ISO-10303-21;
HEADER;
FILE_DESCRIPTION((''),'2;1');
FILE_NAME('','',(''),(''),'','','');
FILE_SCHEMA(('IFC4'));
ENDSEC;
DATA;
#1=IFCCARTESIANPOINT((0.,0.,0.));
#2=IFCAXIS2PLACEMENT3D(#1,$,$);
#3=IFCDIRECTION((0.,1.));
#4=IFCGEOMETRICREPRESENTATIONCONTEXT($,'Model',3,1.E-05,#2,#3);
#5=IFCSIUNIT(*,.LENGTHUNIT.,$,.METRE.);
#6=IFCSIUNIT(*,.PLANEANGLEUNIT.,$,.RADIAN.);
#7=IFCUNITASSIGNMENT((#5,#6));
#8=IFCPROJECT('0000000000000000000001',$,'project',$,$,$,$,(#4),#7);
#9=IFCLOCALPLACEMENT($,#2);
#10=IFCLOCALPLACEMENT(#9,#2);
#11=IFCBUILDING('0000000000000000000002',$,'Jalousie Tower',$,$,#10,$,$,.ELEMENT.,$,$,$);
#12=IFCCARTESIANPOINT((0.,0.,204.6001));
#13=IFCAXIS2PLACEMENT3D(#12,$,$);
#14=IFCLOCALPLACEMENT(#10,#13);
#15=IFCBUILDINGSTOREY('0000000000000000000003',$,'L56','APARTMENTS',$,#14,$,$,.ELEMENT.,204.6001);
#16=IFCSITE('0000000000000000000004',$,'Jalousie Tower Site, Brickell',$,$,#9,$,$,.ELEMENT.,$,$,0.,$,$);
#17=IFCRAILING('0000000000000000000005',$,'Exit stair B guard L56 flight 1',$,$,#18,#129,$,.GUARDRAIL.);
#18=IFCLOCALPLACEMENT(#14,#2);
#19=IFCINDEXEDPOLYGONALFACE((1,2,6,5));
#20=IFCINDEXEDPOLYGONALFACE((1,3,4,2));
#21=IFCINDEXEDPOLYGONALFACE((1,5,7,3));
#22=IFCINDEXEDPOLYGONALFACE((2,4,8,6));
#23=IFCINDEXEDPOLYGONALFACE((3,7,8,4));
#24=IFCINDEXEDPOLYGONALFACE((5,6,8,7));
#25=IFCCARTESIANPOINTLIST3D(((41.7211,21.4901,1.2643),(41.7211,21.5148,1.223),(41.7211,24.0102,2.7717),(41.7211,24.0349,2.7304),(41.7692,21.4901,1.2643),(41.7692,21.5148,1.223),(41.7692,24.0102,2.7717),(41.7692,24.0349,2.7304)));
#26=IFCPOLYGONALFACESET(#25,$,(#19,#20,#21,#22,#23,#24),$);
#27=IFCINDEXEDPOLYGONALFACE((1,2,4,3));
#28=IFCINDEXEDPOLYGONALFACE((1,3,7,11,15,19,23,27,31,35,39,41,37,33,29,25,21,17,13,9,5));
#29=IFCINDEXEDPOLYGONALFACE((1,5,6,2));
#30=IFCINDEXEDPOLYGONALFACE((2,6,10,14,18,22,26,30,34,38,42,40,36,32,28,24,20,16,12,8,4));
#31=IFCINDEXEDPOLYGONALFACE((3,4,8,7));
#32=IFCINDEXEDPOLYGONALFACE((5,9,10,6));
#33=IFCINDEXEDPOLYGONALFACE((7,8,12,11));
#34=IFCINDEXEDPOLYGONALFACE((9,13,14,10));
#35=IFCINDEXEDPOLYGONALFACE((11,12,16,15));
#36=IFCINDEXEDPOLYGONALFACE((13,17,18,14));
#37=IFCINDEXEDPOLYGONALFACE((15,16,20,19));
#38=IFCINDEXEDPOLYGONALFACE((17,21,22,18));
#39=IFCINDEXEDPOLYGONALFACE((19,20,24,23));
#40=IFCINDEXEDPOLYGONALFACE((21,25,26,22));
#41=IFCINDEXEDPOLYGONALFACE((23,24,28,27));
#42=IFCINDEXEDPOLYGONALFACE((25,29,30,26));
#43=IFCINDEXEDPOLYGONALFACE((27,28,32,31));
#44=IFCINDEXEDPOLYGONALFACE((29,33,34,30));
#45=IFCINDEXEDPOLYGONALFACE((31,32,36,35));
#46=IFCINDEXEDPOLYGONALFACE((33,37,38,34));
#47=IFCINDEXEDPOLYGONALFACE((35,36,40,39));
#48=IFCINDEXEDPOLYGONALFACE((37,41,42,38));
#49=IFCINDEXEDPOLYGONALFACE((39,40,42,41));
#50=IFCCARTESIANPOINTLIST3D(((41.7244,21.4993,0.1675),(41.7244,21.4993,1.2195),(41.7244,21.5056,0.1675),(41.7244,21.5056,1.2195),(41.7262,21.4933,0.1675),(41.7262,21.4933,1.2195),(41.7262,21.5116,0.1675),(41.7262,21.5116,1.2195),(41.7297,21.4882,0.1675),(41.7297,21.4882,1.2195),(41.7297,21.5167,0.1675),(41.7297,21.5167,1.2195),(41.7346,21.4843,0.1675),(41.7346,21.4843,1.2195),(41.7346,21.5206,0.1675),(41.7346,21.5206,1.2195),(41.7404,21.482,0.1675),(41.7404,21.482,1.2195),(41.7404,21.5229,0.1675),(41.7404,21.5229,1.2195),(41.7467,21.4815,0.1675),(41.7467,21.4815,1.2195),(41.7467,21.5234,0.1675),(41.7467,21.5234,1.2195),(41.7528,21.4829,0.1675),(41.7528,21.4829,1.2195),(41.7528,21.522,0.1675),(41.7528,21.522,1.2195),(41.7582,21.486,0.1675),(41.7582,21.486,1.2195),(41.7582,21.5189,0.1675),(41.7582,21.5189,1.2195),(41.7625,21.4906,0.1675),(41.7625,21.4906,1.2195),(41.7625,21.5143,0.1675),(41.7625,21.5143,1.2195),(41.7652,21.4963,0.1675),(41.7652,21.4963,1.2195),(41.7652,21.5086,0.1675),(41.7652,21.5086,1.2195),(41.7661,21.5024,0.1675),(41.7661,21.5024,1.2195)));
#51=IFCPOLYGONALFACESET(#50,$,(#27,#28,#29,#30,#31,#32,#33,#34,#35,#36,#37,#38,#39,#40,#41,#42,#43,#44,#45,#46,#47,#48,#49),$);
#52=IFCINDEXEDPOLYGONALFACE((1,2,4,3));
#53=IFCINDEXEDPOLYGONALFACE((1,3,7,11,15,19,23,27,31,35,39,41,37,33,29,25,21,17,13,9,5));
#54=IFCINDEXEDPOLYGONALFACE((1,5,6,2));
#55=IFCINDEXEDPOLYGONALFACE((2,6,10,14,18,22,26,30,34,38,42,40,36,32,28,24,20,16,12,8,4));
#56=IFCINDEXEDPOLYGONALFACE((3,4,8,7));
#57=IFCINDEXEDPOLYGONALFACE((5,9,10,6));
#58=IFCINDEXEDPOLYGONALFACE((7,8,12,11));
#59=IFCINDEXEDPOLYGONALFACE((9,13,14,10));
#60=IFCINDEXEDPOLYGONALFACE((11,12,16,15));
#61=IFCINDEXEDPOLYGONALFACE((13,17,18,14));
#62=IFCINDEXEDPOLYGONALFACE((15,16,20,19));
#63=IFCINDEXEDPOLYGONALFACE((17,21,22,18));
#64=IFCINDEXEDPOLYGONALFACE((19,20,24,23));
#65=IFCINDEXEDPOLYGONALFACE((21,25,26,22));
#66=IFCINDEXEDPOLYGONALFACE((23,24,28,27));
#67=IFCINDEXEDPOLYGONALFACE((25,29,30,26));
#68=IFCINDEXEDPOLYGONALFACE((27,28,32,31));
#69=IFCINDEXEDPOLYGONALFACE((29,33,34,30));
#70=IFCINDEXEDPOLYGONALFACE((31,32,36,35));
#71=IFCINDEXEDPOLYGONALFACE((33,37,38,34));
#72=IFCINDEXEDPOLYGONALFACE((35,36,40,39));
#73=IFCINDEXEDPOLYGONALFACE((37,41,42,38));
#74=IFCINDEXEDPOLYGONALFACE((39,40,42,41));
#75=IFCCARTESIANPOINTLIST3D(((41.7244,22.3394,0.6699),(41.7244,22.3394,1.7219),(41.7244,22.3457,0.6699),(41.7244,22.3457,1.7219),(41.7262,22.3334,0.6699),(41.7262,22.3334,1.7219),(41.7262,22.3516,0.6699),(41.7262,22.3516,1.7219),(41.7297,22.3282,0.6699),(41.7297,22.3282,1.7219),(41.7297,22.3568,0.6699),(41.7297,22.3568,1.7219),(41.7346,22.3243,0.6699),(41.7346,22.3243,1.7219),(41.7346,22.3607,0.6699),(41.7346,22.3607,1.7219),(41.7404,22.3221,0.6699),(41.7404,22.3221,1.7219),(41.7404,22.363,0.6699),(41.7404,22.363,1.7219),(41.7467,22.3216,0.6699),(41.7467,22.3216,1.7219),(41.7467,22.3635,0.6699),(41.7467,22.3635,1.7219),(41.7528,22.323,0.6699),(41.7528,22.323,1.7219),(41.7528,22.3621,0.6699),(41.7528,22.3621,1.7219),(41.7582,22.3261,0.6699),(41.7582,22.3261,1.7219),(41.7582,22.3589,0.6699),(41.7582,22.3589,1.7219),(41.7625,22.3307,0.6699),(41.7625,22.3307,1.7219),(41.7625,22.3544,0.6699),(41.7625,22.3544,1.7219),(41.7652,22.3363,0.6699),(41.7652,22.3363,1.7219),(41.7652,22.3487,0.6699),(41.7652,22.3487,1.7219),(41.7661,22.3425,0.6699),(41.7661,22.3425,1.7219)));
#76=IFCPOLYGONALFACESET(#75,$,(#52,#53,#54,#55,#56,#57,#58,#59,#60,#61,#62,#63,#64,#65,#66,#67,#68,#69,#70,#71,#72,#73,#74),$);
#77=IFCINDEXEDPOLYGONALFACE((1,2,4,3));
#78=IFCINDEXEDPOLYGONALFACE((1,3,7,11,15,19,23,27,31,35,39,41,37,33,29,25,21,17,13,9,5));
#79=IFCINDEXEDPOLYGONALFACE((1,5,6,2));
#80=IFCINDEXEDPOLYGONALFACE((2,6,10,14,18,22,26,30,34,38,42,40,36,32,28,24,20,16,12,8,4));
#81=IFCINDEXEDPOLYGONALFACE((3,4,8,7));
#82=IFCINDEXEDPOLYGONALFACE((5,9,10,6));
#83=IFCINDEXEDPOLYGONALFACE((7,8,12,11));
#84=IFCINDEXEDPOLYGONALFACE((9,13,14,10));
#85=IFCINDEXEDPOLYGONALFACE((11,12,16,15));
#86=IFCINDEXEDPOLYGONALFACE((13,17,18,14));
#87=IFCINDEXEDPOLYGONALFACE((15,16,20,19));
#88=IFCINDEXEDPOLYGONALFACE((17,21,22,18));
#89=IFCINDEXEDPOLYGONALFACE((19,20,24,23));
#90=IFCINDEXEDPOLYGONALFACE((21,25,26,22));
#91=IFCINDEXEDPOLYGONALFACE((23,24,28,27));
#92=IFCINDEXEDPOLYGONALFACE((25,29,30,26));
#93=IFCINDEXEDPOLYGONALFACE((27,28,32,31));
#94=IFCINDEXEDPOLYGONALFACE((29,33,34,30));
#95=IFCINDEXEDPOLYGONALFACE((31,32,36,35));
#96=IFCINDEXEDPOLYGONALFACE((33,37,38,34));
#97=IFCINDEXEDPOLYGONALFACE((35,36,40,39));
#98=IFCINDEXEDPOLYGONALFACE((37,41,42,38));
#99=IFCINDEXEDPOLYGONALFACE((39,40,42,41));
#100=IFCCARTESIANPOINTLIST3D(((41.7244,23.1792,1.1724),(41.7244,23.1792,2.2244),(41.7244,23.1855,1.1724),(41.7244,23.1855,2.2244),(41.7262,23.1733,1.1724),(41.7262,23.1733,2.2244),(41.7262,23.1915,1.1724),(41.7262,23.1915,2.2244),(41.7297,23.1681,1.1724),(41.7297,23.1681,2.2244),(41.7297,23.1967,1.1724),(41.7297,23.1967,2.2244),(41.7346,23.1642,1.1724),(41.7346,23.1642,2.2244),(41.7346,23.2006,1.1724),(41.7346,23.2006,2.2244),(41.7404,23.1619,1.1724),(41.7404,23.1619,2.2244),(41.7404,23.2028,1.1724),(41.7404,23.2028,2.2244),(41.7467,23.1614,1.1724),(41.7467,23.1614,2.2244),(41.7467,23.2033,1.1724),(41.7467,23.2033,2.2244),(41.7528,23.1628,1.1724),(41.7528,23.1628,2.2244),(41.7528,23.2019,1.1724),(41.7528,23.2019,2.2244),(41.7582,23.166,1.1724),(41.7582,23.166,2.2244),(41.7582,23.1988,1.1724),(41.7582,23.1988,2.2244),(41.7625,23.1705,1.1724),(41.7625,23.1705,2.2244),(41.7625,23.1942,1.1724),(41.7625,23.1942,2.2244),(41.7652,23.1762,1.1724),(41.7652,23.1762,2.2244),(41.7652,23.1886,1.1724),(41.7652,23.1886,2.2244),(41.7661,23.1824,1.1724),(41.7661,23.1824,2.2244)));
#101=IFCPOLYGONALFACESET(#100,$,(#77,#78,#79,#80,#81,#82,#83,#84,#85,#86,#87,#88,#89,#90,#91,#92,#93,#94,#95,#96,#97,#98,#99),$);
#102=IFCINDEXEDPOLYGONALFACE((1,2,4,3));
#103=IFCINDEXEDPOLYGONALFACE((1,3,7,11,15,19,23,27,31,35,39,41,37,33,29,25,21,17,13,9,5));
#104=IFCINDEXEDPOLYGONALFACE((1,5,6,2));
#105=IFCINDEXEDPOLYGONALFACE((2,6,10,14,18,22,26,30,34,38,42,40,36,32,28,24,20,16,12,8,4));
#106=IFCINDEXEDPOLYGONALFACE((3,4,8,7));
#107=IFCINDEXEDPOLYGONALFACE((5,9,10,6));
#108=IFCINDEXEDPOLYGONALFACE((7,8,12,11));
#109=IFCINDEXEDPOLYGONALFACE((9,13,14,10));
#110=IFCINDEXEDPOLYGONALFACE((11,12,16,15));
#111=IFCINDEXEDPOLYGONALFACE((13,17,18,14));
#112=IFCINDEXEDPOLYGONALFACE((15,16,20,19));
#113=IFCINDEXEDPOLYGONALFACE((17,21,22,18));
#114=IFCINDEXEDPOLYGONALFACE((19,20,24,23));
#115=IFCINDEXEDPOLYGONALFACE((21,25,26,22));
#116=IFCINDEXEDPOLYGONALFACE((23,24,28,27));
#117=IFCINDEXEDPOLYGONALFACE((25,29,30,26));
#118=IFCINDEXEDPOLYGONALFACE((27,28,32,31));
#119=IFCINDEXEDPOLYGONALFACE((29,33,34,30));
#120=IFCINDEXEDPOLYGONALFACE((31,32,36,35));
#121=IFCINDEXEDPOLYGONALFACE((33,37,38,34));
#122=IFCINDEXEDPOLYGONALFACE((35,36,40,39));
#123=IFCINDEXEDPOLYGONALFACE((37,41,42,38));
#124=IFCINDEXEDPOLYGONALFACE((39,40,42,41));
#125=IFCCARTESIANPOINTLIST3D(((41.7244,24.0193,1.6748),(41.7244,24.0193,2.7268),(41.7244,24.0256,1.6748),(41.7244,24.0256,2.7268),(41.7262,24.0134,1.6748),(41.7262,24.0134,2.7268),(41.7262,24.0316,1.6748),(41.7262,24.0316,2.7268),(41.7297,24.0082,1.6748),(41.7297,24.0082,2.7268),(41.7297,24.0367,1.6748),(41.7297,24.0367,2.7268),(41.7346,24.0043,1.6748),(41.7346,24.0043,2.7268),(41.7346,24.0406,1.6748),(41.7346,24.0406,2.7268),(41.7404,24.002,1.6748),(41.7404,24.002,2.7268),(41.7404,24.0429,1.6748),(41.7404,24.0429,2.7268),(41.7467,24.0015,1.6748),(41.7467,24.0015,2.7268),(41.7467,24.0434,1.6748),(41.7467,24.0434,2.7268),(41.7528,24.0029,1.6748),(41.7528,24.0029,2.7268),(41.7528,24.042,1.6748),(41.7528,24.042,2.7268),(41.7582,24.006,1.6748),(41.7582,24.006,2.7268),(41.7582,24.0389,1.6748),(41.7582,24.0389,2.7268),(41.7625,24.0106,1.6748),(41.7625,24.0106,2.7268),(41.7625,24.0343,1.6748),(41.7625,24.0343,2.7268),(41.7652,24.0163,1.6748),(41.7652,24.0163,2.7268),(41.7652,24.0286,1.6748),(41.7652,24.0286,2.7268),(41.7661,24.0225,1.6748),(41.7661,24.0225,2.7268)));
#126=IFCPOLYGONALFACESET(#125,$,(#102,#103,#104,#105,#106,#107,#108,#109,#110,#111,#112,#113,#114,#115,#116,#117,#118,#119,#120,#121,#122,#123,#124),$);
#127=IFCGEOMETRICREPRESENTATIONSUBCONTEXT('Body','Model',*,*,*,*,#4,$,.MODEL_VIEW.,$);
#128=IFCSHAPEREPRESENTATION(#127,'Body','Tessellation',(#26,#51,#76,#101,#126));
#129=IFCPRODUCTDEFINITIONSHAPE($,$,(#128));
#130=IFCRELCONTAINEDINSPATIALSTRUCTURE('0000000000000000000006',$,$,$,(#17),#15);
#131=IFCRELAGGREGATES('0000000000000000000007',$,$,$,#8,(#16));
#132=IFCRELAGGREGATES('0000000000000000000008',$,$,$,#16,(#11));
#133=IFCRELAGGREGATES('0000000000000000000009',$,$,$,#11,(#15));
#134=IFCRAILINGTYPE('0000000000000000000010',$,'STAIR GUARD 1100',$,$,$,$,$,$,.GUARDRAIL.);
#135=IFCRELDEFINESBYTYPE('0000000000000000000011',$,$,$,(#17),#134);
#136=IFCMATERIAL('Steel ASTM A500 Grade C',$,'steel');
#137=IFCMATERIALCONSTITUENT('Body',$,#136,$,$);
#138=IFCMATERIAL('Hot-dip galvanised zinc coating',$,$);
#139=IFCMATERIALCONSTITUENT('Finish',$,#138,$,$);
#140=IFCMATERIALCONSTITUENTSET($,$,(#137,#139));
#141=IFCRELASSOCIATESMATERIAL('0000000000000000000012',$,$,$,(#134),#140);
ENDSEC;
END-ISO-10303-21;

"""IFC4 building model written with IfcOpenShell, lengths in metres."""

from ifc_helpers import new_model, si_unit, direction, frame, origin, origin_2d, place, context, subcontext, project, spatial, rectangle, circle, extrude, material, constituent, constituent_set, type_object, element, save


model = new_model("IFC4")

# Units and contexts
model_context = context("Model", 3, precision=1e-05, world=origin(), true_north=direction((0.0, 1.0)))
body_context = subcontext(model_context, "Body", "Model", "MODEL_VIEW")
ifc_project = project(units=[si_unit("LENGTHUNIT", "METRE"), si_unit("PLANEANGLEUNIT", "RADIAN")], contexts=[model_context])

# Site, building, storey
site_placement = place(None, origin())
site = spatial("IfcSite", under=ifc_project, at=site_placement, Name="Jalousie Tower Site, Brickell", CompositionType="ELEMENT", RefElevation=0.0)
building_placement = place(site_placement, origin())
building = spatial("IfcBuilding", under=site, at=building_placement, Name="Jalousie Tower", CompositionType="ELEMENT")
storey_placement = place(building_placement, frame((0.0, 0.0, 204.6001)))
storey = spatial("IfcBuildingStorey", under=building, at=storey_placement, Name="L56", Description="APARTMENTS", CompositionType="ELEMENT", Elevation=204.6001)

# Railing
ifc_material_1 = material(Name="Steel ASTM A500 Grade C", Category="steel")
ifc_constituent_1 = constituent(ifc_material_1, Name="Body")
ifc_material_2 = material(Name="Hot-dip galvanised zinc coating")
ifc_constituent_2 = constituent(ifc_material_2, Name="Finish")
ifc_constituent_set_1 = constituent_set(constituents=[ifc_constituent_1, ifc_constituent_2])
railing_type_1 = type_object("IfcRailingType", Name="STAIR GUARD 1100", PredefinedType="GUARDRAIL", material=ifc_constituent_set_1)
railing_1_placement = place(storey_placement, frame((41.7451, 21.5024, 0.1675)))
element("IfcRailing", 1, at=railing_1_placement, inside=storey, type_object=railing_type_1, Name="Exit stair B guard L56 flight 1", PredefinedType="GUARDRAIL", context=body_context, shape_type="SweptSolid", body=[
    extrude(rectangle(XDim=0.0481, YDim=0.0481, at=origin_2d()), frame((0.0, 0.0, 1.0762), z_axis=(0.0, 0.858196, 0.513321), x_axis=(-1.0, 0.0, 0.0)), (0.0, 0.0, 1.0), 2.9365),
    extrude(circle(Radius=0.021, at=origin_2d()), origin(), (0.0, 0.0, 1.0), 1.052),
    extrude(circle(Radius=0.021, at=origin_2d()), frame((0.0, 0.8401, 0.5024)), (0.0, 0.0, 1.0), 1.052),
    extrude(circle(Radius=0.021, at=origin_2d()), frame((0.0, 1.6799, 1.0049)), (0.0, 0.0, 1.0), 1.052),
    extrude(circle(Radius=0.021, at=origin_2d()), frame((0.0, 2.52, 1.5073)), (0.0, 0.0, 1.0), 1.052),
])

save(model, "model.ifc")
